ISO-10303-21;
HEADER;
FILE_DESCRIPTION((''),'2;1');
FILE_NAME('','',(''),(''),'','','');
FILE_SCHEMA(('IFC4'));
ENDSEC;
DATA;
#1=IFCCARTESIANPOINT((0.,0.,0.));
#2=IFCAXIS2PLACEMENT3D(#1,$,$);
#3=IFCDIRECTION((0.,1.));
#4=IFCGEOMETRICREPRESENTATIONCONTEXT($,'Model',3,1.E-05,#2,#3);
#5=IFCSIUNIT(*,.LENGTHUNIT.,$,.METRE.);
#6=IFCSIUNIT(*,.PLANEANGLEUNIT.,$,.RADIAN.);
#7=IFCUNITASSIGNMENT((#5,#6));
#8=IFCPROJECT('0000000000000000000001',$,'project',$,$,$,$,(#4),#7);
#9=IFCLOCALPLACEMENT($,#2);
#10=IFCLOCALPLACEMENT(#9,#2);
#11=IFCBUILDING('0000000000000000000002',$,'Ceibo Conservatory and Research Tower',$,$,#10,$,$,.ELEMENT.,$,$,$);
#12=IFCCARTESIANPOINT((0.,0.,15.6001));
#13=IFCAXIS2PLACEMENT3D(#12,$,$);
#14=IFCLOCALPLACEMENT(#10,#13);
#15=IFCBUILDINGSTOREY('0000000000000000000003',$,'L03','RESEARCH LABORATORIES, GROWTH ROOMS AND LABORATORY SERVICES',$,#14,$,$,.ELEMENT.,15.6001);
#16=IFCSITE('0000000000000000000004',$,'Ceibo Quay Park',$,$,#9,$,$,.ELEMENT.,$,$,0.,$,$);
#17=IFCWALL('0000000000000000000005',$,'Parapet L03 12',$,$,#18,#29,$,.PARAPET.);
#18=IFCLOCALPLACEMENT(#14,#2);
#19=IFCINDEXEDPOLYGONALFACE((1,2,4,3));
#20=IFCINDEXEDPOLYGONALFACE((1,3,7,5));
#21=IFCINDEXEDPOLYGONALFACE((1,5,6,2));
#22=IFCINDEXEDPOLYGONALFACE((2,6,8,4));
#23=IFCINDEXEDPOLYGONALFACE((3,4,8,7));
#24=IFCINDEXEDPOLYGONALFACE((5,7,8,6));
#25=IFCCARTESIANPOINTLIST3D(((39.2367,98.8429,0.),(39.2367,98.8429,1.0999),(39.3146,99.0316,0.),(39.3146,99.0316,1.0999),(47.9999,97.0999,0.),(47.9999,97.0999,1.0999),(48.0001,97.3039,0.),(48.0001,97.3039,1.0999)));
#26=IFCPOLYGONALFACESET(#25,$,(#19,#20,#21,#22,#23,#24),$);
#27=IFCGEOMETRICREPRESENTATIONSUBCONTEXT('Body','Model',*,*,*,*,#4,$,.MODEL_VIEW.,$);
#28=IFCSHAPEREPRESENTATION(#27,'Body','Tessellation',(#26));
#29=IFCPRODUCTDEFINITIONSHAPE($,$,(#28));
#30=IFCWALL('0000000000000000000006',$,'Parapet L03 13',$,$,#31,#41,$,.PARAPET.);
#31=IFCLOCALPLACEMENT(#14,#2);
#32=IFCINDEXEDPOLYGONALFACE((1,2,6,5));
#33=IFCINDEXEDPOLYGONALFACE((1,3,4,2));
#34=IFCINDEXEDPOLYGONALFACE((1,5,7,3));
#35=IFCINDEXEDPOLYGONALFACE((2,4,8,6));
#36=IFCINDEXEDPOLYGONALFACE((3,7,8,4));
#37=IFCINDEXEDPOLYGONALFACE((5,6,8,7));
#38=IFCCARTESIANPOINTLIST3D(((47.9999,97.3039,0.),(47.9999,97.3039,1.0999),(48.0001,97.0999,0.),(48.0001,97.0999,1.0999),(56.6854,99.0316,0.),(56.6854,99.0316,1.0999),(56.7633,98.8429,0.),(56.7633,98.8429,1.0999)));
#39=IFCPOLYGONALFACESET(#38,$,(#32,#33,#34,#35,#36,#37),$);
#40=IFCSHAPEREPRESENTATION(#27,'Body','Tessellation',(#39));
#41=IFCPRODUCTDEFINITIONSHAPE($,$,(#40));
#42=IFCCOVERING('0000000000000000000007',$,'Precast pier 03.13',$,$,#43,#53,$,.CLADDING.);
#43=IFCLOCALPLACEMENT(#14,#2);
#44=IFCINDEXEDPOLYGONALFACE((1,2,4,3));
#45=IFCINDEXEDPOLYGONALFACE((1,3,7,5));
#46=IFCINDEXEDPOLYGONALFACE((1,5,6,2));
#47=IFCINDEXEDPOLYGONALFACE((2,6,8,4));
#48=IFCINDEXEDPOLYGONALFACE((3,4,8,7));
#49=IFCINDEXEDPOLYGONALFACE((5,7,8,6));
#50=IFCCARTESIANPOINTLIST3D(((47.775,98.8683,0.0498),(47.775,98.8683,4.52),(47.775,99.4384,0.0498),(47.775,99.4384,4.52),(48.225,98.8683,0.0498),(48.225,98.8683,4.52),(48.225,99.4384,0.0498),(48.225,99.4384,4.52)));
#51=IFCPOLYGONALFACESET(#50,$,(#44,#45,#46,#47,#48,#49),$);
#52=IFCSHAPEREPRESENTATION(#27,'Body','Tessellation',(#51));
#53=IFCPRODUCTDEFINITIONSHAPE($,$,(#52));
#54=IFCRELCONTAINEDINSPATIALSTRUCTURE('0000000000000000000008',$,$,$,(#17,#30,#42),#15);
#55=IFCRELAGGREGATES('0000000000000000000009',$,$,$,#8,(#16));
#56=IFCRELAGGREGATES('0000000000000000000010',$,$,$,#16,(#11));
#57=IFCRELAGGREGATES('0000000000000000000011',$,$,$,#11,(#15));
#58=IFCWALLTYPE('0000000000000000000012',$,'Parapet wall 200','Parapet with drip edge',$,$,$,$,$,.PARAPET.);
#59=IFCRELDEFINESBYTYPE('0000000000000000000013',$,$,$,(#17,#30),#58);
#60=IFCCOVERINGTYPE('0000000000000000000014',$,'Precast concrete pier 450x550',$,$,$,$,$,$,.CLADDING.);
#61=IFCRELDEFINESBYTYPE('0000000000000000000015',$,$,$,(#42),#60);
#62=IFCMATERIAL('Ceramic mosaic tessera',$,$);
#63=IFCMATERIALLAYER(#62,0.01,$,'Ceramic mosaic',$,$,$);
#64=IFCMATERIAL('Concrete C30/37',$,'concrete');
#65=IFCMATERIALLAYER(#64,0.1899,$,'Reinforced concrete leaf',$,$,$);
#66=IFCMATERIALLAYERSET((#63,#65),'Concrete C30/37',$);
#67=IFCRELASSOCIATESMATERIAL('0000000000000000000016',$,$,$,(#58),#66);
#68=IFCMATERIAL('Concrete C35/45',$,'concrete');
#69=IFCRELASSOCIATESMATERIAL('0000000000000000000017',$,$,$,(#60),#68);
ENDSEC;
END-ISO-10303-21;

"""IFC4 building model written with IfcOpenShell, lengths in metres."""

from ifc_helpers import new_model, si_unit, direction, frame, origin, origin_2d, place, context, subcontext, project, spatial, polyline, rectangle, outline, extrude, material, layer, layer_set, type_object, element, save


model = new_model("IFC4")

# Units and contexts
model_context = context("Model", 3, precision=1e-05, world=origin(), true_north=direction((0.0, 1.0)))
body_context = subcontext(model_context, "Body", "Model", "MODEL_VIEW")
ifc_project = project(units=[si_unit("LENGTHUNIT", "METRE"), si_unit("PLANEANGLEUNIT", "RADIAN")], contexts=[model_context])

# Site, building, storey
site_placement = place(None, origin())
site = spatial("IfcSite", under=ifc_project, at=site_placement, Name="Ceibo Quay Park", CompositionType="ELEMENT", RefElevation=0.0)
building_placement = place(site_placement, origin())
building = spatial("IfcBuilding", under=site, at=building_placement, Name="Ceibo Conservatory and Research Tower", CompositionType="ELEMENT")
storey_placement = place(building_placement, frame((0.0, 0.0, 15.6001)))
storey = spatial("IfcBuildingStorey", under=building, at=storey_placement, Name="L03", Description="RESEARCH LABORATORIES, GROWTH ROOMS AND LABORATORY SERVICES", CompositionType="ELEMENT", Elevation=15.6001)

# Shared definitions
ifc_material_1 = material(Name="Concrete C35/45", Category="concrete")

# Walls
ifc_material_2 = material(Name="Ceramic mosaic tessera")
ifc_layer_1 = layer(ifc_material_2, 0.01, Name="Ceramic mosaic")
ifc_material_3 = material(Name="Concrete C30/37", Category="concrete")
ifc_layer_2 = layer(ifc_material_3, 0.1899, Name="Reinforced concrete leaf")
ifc_layer_set_1 = layer_set([ifc_layer_1, ifc_layer_2], Name="Concrete C30/37")
wall_type = type_object("IfcWallType", Name="Parapet wall 200", Description="Parapet with drip edge", PredefinedType="PARAPET", material=ifc_layer_set_1)
for number, where, z_axis, x_axis, name in (
    (1, (39.2756, 98.9373, 0.0), (0.0, 0.0, 1.0), (0.980786, -0.195087, 0.0), "Parapet L03 12"),
    (2, (48.0, 97.2019, 0.0), (0.0, 0.0, 1.0), (0.980786, 0.195087, 0.0), "Parapet L03 13"),
):
    element("IfcWall", number, at=place(storey_placement, frame(where, z_axis=z_axis, x_axis=x_axis)), inside=storey, type_object=wall_type, Name=name, PredefinedType="PARAPET", context=body_context, shape_type="SweptSolid", body=[
        extrude(outline(polyline([(-0.0198, -0.1001), (8.915, -0.1001), (8.8755, 0.1001), (0.0198, 0.1001), (-0.0198, -0.1001)])), origin(), (0.0, 0.0, 1.0), 1.0999),
    ])

# Covering
covering_type = type_object("IfcCoveringType", Name="Precast concrete pier 450x550", PredefinedType="CLADDING", material=ifc_material_1)
covering_placement = place(storey_placement, frame((48.0, 99.1533, 0.0498), z_axis=(0.0, 0.0, 1.0), x_axis=(0.0, -1.0, 0.0)))
element("IfcCovering", 3, at=covering_placement, inside=storey, type_object=covering_type, Name="Precast pier 03.13", PredefinedType="CLADDING", context=body_context, shape_type="SweptSolid", body=[
    extrude(rectangle(XDim=0.5701, YDim=0.45, at=origin_2d()), origin(), (0.0, 0.0, 1.0), 4.4702),
])

save(model, "model.ifc")
